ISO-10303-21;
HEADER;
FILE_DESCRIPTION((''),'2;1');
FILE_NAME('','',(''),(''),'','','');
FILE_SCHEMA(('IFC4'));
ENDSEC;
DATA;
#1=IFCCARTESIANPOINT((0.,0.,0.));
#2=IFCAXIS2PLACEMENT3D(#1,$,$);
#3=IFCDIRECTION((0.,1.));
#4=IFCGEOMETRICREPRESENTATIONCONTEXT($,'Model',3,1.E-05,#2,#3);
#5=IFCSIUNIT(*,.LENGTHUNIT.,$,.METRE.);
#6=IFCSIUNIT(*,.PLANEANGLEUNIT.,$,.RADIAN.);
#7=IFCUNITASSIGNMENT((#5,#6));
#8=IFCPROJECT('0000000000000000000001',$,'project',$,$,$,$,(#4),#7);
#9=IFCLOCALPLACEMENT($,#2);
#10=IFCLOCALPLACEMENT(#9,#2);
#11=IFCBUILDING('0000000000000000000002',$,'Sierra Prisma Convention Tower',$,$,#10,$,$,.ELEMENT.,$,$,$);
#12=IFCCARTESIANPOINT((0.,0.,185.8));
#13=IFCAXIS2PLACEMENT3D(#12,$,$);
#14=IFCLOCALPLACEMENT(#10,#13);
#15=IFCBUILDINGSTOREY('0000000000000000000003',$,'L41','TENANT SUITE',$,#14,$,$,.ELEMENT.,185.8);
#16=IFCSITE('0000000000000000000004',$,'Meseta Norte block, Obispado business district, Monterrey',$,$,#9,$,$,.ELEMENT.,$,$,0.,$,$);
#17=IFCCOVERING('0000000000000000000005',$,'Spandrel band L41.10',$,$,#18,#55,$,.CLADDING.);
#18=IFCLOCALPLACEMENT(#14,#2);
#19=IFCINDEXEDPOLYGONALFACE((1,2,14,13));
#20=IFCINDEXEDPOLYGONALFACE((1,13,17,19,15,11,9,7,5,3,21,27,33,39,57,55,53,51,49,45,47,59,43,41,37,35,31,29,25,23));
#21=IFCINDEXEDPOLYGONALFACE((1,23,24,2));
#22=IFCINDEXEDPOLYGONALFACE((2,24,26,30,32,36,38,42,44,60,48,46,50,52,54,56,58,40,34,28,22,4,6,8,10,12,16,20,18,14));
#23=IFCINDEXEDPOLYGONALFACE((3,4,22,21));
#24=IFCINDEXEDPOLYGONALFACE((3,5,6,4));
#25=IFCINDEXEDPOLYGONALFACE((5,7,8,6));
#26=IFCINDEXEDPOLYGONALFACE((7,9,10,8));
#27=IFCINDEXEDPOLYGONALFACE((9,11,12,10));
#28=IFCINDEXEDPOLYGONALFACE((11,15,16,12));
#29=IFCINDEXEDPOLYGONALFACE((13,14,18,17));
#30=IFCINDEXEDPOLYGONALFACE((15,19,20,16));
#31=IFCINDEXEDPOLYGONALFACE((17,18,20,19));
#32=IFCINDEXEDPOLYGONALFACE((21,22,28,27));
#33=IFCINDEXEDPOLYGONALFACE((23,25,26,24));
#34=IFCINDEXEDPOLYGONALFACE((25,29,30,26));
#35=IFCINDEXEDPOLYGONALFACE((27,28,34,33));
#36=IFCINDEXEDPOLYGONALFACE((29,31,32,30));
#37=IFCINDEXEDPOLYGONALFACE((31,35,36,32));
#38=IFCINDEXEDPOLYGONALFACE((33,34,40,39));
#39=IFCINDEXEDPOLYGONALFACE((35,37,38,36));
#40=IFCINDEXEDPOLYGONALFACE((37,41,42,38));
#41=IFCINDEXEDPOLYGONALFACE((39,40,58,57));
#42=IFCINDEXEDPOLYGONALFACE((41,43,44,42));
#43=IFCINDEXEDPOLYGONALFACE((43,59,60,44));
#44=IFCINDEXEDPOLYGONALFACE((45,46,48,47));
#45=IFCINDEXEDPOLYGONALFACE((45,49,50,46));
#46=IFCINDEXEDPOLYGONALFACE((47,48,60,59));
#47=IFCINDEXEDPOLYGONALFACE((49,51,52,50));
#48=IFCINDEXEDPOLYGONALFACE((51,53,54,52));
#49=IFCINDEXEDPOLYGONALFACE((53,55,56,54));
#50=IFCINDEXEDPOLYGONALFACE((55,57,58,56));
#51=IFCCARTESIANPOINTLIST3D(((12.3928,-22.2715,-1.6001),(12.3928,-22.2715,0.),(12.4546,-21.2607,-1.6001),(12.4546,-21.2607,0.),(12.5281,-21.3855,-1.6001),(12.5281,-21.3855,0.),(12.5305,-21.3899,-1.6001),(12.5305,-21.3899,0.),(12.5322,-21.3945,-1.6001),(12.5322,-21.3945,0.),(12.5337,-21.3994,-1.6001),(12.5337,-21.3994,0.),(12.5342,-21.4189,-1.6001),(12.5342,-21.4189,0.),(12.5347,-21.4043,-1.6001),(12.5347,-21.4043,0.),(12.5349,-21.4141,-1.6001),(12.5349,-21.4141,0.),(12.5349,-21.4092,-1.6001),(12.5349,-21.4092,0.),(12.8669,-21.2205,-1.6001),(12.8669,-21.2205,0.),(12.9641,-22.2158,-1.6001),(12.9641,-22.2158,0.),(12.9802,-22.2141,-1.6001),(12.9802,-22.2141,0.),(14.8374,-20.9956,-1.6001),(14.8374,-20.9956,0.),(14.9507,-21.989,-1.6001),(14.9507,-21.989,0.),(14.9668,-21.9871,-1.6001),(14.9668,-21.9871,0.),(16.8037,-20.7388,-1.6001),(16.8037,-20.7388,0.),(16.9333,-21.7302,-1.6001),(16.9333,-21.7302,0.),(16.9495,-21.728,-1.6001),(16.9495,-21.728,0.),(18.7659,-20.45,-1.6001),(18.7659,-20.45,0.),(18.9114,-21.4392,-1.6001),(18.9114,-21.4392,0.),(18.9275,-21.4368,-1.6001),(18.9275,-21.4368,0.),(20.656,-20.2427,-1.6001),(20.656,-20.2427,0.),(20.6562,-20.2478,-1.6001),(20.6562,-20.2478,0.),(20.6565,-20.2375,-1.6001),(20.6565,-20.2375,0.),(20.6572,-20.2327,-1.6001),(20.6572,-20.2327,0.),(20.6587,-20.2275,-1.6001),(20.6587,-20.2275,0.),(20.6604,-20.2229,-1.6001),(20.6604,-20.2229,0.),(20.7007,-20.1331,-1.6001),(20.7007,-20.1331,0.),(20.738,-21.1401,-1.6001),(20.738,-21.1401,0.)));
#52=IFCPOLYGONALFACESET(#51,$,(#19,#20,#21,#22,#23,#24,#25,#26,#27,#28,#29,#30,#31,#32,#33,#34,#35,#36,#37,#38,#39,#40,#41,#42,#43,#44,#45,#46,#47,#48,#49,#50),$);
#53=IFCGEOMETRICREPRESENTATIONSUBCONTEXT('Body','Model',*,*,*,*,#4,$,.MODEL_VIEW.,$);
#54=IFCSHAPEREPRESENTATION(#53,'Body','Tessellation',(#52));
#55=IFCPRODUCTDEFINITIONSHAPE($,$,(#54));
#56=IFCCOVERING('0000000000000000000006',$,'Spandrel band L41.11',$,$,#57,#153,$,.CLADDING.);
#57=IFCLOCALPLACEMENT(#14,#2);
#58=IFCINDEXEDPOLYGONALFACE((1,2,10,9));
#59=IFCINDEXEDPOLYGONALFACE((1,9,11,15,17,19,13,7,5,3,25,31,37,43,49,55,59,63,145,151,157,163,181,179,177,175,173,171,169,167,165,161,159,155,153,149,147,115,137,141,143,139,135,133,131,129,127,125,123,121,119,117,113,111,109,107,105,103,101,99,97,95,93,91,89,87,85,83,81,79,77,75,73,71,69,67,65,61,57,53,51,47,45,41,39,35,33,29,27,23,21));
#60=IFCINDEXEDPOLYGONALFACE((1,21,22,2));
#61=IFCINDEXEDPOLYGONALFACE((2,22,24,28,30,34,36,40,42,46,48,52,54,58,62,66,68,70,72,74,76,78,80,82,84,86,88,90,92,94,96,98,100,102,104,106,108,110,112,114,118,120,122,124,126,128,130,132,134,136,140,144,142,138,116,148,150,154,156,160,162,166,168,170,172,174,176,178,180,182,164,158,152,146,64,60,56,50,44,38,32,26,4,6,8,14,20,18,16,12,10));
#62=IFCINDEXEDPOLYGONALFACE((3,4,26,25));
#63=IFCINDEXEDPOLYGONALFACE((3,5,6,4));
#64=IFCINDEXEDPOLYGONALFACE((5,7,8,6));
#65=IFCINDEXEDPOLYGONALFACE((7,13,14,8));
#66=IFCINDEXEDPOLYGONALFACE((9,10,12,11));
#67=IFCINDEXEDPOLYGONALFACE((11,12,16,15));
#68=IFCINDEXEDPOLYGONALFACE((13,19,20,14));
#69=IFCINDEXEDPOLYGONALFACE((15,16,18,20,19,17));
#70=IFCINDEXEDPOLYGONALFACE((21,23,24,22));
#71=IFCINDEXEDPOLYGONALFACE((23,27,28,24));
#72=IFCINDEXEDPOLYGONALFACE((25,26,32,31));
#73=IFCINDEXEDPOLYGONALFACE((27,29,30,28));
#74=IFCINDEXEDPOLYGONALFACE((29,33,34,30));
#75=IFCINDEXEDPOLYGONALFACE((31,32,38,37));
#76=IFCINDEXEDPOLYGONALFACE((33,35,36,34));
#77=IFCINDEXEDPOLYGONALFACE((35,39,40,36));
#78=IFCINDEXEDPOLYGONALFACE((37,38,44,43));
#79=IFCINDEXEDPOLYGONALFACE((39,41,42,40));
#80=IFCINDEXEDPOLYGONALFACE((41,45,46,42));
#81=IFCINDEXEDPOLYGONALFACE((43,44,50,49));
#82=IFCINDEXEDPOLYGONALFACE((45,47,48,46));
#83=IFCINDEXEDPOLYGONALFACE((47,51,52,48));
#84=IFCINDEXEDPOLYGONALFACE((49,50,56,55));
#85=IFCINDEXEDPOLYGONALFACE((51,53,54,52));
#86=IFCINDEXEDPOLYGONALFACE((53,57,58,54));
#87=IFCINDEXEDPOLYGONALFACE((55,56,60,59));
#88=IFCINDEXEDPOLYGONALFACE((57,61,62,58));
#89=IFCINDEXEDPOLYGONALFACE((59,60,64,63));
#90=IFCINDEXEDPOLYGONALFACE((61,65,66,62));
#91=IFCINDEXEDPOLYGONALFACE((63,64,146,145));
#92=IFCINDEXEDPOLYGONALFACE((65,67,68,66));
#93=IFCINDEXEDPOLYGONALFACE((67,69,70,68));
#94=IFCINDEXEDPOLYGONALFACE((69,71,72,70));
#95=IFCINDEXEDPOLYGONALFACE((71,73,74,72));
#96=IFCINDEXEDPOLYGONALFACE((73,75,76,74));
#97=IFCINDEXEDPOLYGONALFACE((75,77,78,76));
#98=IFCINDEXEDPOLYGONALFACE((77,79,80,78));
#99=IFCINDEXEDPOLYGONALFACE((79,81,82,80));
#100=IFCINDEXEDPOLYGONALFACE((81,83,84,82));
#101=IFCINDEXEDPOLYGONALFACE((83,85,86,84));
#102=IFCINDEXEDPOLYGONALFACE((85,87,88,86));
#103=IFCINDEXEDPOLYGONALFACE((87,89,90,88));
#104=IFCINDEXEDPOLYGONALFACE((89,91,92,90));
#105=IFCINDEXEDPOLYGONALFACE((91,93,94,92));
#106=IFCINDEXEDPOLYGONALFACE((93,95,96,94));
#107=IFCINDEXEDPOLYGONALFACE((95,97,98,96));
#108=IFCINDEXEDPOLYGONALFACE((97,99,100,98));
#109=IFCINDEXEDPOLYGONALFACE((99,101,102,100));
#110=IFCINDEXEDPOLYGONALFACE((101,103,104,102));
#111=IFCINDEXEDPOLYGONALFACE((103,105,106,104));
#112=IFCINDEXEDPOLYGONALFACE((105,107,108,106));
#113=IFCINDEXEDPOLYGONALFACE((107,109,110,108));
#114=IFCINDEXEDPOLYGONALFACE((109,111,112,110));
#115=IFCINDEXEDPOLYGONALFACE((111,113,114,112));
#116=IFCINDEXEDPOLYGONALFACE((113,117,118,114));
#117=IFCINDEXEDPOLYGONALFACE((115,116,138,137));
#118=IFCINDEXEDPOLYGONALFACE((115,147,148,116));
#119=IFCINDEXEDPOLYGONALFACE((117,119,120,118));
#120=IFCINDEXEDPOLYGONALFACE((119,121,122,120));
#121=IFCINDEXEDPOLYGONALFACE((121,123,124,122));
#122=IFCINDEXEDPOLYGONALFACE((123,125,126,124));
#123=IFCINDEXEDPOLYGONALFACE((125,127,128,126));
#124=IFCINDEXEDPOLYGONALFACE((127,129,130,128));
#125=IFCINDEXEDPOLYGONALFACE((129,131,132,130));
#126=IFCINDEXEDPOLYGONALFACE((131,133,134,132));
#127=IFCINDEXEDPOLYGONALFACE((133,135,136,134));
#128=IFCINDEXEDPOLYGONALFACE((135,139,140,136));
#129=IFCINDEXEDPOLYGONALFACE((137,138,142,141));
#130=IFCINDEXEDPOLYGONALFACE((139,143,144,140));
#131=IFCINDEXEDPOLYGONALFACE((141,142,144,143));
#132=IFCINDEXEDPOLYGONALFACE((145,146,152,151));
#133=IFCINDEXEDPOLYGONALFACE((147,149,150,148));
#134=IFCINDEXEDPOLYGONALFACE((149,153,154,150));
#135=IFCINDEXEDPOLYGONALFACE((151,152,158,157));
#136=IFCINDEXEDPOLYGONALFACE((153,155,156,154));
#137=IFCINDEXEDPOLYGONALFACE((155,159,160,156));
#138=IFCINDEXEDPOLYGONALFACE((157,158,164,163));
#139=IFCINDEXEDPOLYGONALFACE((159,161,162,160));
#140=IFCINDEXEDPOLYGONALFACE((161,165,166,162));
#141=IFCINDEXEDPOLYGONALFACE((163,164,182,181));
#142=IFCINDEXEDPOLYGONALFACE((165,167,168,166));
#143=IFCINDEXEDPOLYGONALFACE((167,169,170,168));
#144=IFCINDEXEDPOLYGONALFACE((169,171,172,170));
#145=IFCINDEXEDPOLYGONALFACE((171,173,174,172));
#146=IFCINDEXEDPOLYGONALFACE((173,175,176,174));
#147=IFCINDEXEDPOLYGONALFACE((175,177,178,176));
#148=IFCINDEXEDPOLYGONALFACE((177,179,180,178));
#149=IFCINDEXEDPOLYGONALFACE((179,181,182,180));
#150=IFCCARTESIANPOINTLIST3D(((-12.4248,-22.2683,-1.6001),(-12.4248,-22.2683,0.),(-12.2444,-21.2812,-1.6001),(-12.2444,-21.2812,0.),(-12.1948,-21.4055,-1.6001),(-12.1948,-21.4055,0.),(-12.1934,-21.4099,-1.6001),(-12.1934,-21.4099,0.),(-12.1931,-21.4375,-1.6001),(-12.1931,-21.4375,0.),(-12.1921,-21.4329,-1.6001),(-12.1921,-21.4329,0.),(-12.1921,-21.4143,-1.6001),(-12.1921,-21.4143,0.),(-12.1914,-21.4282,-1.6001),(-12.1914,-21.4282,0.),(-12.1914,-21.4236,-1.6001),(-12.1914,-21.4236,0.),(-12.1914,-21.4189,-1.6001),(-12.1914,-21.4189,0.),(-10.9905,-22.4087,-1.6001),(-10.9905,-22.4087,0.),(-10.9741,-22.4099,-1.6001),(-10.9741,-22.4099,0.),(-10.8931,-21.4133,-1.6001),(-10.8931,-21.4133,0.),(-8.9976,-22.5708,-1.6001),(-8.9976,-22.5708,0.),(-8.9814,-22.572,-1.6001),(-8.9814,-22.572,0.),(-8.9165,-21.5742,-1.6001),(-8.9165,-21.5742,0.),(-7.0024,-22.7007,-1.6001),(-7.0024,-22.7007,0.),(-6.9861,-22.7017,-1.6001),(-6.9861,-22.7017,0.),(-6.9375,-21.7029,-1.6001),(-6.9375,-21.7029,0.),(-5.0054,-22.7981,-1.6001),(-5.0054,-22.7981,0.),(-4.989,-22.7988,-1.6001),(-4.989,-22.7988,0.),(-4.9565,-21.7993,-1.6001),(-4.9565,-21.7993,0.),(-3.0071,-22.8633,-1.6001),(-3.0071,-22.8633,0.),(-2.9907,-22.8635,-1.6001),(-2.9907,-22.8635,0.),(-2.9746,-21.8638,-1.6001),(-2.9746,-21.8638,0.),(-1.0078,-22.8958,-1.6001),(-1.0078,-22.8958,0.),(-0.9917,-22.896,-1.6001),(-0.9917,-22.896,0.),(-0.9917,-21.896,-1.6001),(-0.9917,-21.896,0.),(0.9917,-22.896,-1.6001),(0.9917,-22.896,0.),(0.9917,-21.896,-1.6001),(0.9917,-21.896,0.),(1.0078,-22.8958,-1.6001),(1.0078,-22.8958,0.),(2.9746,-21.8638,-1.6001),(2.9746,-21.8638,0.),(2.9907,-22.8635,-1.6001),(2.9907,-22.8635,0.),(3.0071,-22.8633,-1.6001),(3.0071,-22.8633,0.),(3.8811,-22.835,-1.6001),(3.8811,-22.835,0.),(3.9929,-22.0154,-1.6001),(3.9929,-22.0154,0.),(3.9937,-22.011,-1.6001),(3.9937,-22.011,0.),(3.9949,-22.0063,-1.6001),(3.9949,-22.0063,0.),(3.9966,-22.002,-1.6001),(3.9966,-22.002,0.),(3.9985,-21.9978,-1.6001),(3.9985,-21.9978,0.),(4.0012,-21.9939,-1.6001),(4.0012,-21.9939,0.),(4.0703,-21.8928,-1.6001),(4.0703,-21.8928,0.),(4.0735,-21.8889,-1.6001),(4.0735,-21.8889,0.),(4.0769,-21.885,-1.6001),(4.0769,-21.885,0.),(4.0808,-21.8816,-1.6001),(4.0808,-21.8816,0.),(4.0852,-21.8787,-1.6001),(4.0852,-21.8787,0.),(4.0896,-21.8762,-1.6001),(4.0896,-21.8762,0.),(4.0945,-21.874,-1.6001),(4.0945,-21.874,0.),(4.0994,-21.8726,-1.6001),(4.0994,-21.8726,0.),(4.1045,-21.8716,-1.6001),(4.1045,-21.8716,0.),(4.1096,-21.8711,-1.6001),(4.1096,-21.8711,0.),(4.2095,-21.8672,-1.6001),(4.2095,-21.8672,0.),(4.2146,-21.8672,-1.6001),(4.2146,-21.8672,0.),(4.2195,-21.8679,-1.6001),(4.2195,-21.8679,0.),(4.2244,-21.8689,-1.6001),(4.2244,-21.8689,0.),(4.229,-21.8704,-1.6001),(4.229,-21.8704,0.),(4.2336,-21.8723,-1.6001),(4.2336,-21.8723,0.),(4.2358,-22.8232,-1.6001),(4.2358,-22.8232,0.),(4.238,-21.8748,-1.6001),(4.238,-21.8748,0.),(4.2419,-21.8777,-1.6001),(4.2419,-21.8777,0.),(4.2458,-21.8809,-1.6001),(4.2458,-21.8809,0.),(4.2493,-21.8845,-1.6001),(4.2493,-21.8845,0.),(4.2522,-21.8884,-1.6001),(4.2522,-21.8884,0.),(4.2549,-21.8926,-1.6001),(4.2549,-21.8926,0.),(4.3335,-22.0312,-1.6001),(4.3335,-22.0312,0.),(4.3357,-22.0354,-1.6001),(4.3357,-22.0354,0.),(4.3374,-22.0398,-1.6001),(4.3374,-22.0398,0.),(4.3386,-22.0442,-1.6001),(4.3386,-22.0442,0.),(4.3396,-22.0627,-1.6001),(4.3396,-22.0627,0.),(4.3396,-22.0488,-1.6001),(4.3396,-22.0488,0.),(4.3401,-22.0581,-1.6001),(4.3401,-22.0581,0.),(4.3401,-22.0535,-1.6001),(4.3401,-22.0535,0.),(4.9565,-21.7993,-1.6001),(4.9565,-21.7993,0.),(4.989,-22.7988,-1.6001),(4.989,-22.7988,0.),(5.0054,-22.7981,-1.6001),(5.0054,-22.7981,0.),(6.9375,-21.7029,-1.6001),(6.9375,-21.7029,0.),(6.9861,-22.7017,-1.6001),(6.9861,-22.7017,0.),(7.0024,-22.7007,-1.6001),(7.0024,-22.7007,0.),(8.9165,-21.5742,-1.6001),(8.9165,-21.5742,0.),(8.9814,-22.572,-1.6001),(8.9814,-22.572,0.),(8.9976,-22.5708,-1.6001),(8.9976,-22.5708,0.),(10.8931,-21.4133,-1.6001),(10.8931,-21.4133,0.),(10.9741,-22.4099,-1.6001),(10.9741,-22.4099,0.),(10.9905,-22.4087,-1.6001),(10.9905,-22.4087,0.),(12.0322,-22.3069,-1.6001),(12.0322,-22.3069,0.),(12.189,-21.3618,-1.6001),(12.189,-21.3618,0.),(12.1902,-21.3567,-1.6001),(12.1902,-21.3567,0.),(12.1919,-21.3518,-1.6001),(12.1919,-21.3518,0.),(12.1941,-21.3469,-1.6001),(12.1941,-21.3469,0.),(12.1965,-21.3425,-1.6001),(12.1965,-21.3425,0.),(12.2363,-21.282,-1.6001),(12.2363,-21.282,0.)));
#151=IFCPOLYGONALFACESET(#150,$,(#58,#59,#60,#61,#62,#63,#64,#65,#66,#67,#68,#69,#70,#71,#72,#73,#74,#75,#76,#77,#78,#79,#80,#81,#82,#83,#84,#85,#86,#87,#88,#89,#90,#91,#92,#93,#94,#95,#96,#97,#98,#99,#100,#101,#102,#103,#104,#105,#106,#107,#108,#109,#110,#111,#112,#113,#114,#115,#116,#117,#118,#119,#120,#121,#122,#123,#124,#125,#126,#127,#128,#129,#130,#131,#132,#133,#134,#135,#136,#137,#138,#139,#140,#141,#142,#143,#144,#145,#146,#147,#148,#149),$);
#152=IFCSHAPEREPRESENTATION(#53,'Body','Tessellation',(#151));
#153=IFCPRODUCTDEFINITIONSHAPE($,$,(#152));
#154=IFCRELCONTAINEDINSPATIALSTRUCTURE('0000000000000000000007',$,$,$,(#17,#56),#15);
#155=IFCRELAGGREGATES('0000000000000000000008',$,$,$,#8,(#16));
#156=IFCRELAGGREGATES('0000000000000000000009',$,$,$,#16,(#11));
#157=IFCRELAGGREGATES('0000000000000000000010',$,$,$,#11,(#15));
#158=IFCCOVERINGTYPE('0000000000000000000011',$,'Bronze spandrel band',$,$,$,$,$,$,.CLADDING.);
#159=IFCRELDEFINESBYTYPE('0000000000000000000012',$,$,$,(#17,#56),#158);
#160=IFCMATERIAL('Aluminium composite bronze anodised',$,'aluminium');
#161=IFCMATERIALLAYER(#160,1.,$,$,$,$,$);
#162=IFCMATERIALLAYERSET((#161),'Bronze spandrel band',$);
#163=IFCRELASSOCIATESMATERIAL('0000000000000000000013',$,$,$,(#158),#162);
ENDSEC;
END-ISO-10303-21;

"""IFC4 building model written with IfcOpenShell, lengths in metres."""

from ifc_helpers import new_model, si_unit, direction, frame, origin, place, context, subcontext, project, spatial, polyline, outline, extrude, material, layer, layer_set, type_object, element, save


model = new_model("IFC4")

# Units and contexts
model_context = context("Model", 3, precision=1e-05, world=origin(), true_north=direction((0.0, 1.0)))
body_context = subcontext(model_context, "Body", "Model", "MODEL_VIEW")
ifc_project = project(units=[si_unit("LENGTHUNIT", "METRE"), si_unit("PLANEANGLEUNIT", "RADIAN")], contexts=[model_context])

# Site, building, storey
site_placement = place(None, origin())
site = spatial("IfcSite", under=ifc_project, at=site_placement, Name="Meseta Norte block, Obispado business district, Monterrey", CompositionType="ELEMENT", RefElevation=0.0)
building_placement = place(site_placement, origin())
building = spatial("IfcBuilding", under=site, at=building_placement, Name="Sierra Prisma Convention Tower", CompositionType="ELEMENT")
storey_placement = place(building_placement, frame((0.0, 0.0, 185.8)))
storey = spatial("IfcBuildingStorey", under=building, at=storey_placement, Name="L41", Description="TENANT SUITE", CompositionType="ELEMENT", Elevation=185.8)

# Coverings
ifc_material_1 = material(Name="Aluminium composite bronze anodised", Category="aluminium")
ifc_layer_1 = layer(ifc_material_1, 1.0)
ifc_layer_set_1 = layer_set([ifc_layer_1], Name="Bronze spandrel band")
covering_type_1 = type_object("IfcCoveringType", Name="Bronze spandrel band", PredefinedType="CLADDING", material=ifc_layer_set_1)
covering_1_placement = place(storey_placement, frame((0.0, 0.0, -1.6001)))
element("IfcCovering", 1, at=covering_1_placement, inside=storey, type_object=covering_type_1, Name="Spandrel band L41.10", PredefinedType="CLADDING", context=body_context, shape_type="SweptSolid", body=[
    extrude(outline(polyline([(12.5349, -21.4092), (12.5347, -21.4043), (12.5337, -21.3994), (12.5322, -21.3945), (12.5305, -21.3899), (12.5281, -21.3855), (12.4546, -21.2607), (12.8669, -21.2205), (14.8374, -20.9956), (16.8037, -20.7388), (18.7659, -20.45), (20.7007, -20.1331), (20.6604, -20.2229), (20.6587, -20.2275), (20.6572, -20.2327), (20.6565, -20.2375), (20.656, -20.2427), (20.6562, -20.2478), (20.738, -21.1401), (18.9275, -21.4368), (18.9114, -21.4392), (16.9495, -21.728), (16.9333, -21.7302), (14.9668, -21.9871), (14.9507, -21.989), (12.9802, -22.2141), (12.9641, -22.2158), (12.3928, -22.2715), (12.5342, -21.4189), (12.5349, -21.4141), (12.5349, -21.4092)])), origin(), (0.0, 0.0, 1.0), 1.6001),
])
covering_2_placement = place(storey_placement, frame((0.0, 0.0, -1.6001)))
element("IfcCovering", 2, at=covering_2_placement, inside=storey, type_object=covering_type_1, Name="Spandrel band L41.11", PredefinedType="CLADDING", context=body_context, shape_type="SweptSolid", body=[
    extrude(outline(polyline([(4.3396, -22.0488), (4.3386, -22.0442), (4.3374, -22.0398), (4.3357, -22.0354), (4.3335, -22.0312), (4.2549, -21.8926), (4.2522, -21.8884), (4.2493, -21.8845), (4.2458, -21.8809), (4.2419, -21.8777), (4.238, -21.8748), (4.2336, -21.8723), (4.229, -21.8704), (4.2244, -21.8689), (4.2195, -21.8679), (4.2146, -21.8672), (4.2095, -21.8672), (4.1096, -21.8711), (4.1045, -21.8716), (4.0994, -21.8726), (4.0945, -21.874), (4.0896, -21.8762), (4.0852, -21.8787), (4.0808, -21.8816), (4.0769, -21.885), (4.0735, -21.8889), (4.0703, -21.8928), (4.0012, -21.9939), (3.9985, -21.9978), (3.9966, -22.002), (3.9949, -22.0063), (3.9937, -22.011), (3.9929, -22.0154), (3.8811, -22.835), (3.0071, -22.8633), (2.9907, -22.8635), (1.0078, -22.8958), (0.9917, -22.896), (-0.9917, -22.896), (-1.0078, -22.8958), (-2.9907, -22.8635), (-3.0071, -22.8633), (-4.989, -22.7988), (-5.0054, -22.7981), (-6.9861, -22.7017), (-7.0024, -22.7007), (-8.9814, -22.572), (-8.9976, -22.5708), (-10.9741, -22.4099), (-10.9905, -22.4087), (-12.4248, -22.2683), (-12.1931, -21.4375), (-12.1921, -21.4329), (-12.1914, -21.4282), (-12.1914, -21.4236), (-12.1914, -21.4189), (-12.1921, -21.4143), (-12.1934, -21.4099), (-12.1948, -21.4055), (-12.2444, -21.2812), (-10.8931, -21.4133), (-8.9165, -21.5742), (-6.9375, -21.7029), (-4.9565, -21.7993), (-2.9746, -21.8638), (-0.9917, -21.896), (0.9917, -21.896), (2.9746, -21.8638), (4.9565, -21.7993), (6.9375, -21.7029), (8.9165, -21.5742), (10.8931, -21.4133), (12.2363, -21.282), (12.1965, -21.3425), (12.1941, -21.3469), (12.1919, -21.3518), (12.1902, -21.3567), (12.189, -21.3618), (12.0322, -22.3069), (10.9905, -22.4087), (10.9741, -22.4099), (8.9976, -22.5708), (8.9814, -22.572), (7.0024, -22.7007), (6.9861, -22.7017), (5.0054, -22.7981), (4.989, -22.7988), (4.2358, -22.8232), (4.3396, -22.0627), (4.3401, -22.0581), (4.3401, -22.0535), (4.3396, -22.0488)])), origin(), (0.0, 0.0, 1.0), 1.6001),
])

save(model, "model.ifc")
